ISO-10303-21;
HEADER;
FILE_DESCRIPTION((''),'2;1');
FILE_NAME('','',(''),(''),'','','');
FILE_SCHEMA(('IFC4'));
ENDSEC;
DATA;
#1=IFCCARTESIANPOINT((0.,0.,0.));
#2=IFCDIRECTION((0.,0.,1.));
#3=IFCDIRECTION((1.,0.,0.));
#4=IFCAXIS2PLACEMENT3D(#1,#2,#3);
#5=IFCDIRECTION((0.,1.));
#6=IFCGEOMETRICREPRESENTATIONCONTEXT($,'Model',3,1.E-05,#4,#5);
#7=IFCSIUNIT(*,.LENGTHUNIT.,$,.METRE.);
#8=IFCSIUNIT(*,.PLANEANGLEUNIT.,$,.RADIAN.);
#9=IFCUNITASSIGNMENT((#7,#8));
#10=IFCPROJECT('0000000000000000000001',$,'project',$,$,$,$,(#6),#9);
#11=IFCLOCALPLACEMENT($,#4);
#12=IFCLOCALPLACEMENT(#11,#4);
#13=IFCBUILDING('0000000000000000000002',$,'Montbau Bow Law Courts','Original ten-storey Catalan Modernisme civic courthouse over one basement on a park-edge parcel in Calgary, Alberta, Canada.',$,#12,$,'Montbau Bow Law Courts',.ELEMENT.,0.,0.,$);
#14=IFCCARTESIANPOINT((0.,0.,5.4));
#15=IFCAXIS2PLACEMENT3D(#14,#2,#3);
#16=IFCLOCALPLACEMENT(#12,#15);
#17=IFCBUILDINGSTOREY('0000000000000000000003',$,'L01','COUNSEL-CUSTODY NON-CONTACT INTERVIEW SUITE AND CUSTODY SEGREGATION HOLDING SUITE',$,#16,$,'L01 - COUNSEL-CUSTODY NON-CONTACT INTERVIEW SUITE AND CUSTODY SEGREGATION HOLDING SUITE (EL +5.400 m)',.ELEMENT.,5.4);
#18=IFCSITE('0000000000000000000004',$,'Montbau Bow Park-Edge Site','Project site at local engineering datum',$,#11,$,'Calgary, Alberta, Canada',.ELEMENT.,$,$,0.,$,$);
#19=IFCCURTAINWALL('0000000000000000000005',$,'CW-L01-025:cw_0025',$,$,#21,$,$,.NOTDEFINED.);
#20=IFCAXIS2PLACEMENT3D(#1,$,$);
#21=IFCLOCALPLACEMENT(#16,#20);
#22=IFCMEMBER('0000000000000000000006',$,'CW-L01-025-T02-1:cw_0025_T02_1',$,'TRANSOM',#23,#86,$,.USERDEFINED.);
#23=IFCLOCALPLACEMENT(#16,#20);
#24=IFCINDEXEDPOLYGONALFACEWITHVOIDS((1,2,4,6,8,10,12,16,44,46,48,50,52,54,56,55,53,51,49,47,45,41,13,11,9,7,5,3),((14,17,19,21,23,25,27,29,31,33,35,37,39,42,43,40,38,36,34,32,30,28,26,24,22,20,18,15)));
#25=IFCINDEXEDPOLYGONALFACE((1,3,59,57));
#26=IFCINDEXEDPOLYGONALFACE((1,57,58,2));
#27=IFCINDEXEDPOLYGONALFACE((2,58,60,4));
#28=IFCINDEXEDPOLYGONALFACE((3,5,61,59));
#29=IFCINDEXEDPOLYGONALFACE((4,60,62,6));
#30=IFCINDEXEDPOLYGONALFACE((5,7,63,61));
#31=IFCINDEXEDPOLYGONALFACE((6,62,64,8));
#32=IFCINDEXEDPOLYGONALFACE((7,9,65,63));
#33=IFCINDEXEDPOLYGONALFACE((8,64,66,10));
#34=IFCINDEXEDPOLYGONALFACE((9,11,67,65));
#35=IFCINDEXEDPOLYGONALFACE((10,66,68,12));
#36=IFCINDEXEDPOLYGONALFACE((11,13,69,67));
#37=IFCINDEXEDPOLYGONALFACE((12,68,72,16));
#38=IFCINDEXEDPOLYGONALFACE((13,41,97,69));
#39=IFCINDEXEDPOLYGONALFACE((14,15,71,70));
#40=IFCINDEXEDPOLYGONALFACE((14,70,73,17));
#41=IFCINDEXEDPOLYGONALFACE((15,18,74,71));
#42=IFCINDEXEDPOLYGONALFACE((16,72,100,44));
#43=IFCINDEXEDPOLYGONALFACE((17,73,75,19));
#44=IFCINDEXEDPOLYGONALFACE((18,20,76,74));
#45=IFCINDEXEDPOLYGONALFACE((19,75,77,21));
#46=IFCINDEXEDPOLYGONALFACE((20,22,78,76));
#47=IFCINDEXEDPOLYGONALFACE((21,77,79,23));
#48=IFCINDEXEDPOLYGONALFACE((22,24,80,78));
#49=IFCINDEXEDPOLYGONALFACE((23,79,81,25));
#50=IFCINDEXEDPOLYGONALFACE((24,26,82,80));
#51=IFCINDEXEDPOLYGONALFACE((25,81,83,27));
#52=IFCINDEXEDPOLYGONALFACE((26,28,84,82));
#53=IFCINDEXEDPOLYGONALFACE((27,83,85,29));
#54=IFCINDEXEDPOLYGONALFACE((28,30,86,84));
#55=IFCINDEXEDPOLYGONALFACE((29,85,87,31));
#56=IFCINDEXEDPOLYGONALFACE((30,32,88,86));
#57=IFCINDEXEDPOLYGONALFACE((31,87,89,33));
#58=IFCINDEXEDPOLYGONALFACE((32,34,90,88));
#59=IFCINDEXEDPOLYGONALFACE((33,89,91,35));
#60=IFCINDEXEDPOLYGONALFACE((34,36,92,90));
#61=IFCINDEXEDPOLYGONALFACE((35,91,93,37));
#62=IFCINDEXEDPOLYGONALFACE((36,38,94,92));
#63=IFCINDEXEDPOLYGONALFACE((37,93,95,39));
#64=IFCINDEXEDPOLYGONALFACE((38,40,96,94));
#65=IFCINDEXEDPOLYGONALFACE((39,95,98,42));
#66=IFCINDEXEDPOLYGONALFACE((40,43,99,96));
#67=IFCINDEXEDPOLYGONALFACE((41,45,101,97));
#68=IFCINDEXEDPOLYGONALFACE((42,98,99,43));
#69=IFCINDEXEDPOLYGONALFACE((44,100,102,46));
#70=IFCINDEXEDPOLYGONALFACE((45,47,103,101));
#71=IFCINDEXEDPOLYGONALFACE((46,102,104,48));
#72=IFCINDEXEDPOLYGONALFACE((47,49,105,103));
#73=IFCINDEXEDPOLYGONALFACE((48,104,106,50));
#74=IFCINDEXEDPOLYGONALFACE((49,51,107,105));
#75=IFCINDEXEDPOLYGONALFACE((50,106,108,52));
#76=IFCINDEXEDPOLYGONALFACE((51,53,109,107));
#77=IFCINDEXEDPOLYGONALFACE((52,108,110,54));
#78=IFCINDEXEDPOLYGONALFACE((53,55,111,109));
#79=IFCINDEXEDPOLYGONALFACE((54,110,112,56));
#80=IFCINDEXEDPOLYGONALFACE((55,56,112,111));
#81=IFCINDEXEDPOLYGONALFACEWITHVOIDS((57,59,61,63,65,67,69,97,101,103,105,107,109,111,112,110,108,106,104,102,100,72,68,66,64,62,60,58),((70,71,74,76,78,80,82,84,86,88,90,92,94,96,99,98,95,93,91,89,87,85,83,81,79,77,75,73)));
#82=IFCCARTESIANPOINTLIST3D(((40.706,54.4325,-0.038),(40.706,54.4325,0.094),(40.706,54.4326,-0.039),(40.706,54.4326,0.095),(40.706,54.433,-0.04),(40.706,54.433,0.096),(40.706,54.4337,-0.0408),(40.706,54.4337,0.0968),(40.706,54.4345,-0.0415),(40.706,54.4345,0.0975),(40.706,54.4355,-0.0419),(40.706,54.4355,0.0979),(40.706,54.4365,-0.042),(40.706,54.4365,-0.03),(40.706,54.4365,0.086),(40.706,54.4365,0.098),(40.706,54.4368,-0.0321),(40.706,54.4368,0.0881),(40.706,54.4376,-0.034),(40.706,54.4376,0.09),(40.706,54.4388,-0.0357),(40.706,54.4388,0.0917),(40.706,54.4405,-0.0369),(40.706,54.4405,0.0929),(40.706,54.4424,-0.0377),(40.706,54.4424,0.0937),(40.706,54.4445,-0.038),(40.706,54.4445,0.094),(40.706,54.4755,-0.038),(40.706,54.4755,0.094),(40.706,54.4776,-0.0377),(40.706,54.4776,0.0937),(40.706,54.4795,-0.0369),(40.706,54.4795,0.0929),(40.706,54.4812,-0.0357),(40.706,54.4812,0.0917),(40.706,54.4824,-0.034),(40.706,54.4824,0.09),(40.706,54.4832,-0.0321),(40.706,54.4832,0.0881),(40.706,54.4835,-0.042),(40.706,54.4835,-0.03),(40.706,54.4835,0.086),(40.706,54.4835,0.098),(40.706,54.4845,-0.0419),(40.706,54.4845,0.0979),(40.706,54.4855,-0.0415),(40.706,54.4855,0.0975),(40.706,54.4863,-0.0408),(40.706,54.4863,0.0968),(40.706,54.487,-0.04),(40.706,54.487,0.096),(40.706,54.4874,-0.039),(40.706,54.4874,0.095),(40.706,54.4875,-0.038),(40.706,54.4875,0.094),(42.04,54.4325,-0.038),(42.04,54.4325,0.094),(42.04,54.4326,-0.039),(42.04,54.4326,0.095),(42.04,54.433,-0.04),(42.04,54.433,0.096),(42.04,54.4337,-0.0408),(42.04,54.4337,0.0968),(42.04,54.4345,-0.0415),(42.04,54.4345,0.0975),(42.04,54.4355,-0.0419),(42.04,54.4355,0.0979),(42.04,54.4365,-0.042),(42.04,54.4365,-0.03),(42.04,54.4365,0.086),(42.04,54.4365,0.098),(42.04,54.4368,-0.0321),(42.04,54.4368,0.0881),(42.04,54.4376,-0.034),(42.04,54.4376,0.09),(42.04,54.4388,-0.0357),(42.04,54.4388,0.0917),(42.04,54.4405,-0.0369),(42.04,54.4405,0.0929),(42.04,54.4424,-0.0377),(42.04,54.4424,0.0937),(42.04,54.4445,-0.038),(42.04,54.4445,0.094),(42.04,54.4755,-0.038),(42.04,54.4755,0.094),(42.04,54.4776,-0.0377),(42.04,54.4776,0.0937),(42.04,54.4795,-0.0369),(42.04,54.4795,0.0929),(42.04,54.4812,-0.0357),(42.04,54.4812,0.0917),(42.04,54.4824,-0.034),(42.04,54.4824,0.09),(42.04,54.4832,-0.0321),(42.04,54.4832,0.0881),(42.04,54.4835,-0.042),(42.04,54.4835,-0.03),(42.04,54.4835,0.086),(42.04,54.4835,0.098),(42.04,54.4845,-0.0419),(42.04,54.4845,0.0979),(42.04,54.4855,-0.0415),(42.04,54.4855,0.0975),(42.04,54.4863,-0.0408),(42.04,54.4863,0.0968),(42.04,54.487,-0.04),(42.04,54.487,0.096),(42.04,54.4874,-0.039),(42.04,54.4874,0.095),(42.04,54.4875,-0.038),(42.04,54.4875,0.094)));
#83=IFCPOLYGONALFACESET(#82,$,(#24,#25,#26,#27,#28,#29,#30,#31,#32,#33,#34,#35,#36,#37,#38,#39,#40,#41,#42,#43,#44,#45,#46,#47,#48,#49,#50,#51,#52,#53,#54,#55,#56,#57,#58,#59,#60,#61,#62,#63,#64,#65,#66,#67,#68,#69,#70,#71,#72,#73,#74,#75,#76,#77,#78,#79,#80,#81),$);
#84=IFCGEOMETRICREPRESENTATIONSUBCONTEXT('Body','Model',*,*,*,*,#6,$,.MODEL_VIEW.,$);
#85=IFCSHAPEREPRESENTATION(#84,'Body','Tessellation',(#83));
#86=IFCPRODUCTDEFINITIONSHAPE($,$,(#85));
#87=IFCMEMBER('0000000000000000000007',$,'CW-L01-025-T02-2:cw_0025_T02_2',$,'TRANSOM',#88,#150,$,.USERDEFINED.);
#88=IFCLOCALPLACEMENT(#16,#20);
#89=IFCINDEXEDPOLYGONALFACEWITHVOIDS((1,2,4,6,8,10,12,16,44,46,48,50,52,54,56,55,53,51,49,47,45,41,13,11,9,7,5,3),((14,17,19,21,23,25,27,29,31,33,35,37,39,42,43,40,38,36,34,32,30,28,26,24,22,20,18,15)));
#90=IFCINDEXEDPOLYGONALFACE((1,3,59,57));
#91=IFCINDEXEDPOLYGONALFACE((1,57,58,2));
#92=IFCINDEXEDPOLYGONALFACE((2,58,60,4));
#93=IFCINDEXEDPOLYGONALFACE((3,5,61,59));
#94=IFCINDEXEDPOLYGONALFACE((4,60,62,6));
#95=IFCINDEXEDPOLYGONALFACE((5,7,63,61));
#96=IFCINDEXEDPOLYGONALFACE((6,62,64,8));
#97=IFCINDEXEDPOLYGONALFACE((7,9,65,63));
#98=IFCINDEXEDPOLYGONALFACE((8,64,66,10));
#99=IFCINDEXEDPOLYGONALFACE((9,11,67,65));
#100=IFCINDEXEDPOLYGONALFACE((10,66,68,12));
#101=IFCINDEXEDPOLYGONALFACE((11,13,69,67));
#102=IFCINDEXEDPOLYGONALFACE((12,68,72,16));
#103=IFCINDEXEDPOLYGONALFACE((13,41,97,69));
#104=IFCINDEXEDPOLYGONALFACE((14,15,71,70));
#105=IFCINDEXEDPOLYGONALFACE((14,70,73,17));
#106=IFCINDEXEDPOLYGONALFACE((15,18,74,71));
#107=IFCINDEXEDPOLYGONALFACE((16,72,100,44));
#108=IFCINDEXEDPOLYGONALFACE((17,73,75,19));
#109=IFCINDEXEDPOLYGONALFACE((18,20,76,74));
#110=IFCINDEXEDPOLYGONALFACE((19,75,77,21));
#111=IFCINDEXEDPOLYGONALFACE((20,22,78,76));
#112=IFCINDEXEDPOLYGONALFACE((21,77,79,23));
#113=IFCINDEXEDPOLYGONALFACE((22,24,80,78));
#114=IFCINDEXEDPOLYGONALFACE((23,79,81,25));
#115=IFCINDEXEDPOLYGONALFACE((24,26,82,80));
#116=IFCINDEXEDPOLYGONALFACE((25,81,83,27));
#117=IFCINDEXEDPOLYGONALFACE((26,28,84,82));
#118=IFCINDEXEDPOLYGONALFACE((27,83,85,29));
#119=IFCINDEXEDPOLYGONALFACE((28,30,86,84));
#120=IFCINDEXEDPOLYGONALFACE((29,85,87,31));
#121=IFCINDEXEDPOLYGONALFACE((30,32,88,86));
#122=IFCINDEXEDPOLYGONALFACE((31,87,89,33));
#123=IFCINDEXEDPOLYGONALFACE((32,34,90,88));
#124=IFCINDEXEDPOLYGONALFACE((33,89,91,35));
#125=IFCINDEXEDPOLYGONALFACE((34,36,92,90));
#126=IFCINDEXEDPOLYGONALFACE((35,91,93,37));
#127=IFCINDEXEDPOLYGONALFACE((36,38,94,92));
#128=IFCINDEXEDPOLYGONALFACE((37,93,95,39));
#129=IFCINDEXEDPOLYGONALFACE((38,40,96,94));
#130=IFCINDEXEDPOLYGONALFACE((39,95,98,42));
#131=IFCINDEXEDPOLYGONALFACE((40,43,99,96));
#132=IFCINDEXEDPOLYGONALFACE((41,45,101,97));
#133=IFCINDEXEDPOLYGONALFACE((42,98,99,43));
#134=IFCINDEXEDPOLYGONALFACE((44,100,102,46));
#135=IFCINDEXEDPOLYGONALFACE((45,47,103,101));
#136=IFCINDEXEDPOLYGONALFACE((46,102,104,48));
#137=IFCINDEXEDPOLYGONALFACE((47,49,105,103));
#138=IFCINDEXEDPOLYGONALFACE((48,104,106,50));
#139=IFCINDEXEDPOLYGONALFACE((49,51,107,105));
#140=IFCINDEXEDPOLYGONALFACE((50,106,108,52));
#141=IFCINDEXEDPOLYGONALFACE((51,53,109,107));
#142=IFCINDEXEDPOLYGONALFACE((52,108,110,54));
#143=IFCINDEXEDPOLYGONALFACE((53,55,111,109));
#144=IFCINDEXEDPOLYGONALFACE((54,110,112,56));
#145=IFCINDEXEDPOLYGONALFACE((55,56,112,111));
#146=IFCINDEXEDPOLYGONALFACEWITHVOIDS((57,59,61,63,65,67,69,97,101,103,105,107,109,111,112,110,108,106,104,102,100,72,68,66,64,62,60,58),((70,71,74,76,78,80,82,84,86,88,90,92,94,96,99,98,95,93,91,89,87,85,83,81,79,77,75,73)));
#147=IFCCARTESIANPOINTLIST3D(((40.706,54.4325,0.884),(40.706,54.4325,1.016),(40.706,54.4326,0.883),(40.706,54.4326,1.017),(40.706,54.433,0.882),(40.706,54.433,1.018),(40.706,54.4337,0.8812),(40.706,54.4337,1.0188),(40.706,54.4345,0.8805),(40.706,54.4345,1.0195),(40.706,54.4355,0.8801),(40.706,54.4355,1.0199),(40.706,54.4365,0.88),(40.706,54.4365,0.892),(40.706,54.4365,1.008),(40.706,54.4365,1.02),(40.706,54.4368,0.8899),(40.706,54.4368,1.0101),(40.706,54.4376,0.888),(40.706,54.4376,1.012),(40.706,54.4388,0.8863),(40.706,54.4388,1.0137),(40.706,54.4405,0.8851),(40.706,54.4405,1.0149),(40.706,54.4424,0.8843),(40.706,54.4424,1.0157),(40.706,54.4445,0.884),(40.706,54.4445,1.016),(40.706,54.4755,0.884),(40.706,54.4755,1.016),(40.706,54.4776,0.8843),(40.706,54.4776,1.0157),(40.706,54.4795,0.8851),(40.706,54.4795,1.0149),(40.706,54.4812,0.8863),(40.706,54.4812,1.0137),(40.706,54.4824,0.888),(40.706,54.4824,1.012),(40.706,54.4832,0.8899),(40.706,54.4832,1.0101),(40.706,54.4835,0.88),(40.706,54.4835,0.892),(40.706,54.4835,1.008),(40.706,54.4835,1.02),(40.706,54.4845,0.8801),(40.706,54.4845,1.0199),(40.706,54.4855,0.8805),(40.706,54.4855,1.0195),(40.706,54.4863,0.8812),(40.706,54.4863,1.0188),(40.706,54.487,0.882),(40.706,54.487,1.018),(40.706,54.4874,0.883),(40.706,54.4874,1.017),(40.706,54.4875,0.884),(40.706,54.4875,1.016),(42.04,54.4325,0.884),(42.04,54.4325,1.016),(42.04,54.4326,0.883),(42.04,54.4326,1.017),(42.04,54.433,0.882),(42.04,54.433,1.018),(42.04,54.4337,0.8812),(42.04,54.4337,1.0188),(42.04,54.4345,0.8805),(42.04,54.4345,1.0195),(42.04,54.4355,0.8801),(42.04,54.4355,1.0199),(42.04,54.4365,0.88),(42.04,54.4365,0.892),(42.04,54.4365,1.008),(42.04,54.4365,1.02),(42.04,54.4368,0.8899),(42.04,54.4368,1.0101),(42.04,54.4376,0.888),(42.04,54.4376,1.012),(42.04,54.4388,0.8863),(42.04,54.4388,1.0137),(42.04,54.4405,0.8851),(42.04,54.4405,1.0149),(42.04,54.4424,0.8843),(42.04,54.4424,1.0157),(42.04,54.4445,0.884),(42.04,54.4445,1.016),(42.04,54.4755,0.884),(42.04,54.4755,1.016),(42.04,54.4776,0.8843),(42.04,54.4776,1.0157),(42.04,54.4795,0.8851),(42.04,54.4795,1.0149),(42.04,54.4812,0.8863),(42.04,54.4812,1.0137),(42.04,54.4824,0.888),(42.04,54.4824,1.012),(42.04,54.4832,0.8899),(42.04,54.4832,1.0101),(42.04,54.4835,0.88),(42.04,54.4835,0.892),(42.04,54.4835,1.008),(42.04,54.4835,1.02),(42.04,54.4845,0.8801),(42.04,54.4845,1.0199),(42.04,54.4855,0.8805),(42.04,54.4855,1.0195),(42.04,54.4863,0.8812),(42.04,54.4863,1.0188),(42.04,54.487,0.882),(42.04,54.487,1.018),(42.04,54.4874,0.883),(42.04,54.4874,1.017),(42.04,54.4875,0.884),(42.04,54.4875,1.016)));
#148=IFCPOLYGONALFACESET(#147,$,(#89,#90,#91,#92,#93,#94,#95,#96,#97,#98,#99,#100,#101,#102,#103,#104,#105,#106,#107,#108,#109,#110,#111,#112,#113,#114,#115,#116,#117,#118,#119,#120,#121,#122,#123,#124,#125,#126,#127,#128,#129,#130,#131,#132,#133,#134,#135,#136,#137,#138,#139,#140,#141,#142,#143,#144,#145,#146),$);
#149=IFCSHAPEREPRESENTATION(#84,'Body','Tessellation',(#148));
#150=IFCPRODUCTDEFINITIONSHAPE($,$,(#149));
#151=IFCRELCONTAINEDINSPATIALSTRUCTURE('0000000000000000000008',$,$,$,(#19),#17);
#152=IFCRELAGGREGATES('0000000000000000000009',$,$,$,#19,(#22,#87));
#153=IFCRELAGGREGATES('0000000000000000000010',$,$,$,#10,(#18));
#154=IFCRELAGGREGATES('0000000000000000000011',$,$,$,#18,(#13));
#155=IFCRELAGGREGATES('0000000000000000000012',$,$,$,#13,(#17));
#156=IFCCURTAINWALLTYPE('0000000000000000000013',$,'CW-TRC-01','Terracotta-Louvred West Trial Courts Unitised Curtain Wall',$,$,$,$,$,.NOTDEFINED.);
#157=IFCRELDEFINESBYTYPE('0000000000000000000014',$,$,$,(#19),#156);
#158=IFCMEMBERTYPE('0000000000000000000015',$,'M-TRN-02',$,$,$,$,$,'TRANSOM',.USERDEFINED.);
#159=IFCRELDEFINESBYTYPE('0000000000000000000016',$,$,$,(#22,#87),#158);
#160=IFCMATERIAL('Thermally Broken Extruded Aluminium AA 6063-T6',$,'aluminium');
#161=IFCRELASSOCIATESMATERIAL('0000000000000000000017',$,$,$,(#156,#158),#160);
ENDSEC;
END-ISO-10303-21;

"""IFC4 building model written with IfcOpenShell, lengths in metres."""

from ifc_helpers import new_model, si_unit, direction, frame, origin_with_axes, origin_2d_with_axis, place, context, subcontext, project, spatial, hollow_rectangle, extrude, material, material_profile, profile_set, type_object, element, aggregate, save


model = new_model("IFC4")

# Units and contexts
model_context = context("Model", 3, precision=1e-05, world=origin_with_axes(), true_north=direction((0.0, 1.0)))
body_context = subcontext(model_context, "Body", "Model", "MODEL_VIEW")
ifc_project = project(units=[si_unit("LENGTHUNIT", "METRE"), si_unit("PLANEANGLEUNIT", "RADIAN")], contexts=[model_context])

# Site, building, storey
site_placement = place(None, origin_with_axes())
site = spatial("IfcSite", under=ifc_project, at=site_placement, Name="Montbau Bow Park-Edge Site", Description="Project site at local engineering datum", LongName="Calgary, Alberta, Canada", CompositionType="ELEMENT", RefElevation=0.0)
building_placement = place(site_placement, origin_with_axes())
building = spatial("IfcBuilding", under=site, at=building_placement, Name="Montbau Bow Law Courts", Description="Original ten-storey Catalan Modernisme civic courthouse over one basement on a park-edge parcel in Calgary, Alberta, Canada.", LongName="Montbau Bow Law Courts", CompositionType="ELEMENT", ElevationOfRefHeight=0.0, ElevationOfTerrain=0.0)
storey_placement = place(building_placement, frame((0.0, 0.0, 5.4), z_axis=(0.0, 0.0, 1.0), x_axis=(1.0, 0.0, 0.0)))
storey = spatial("IfcBuildingStorey", under=building, at=storey_placement, Name="L01", Description="COUNSEL-CUSTODY NON-CONTACT INTERVIEW SUITE AND CUSTODY SEGREGATION HOLDING SUITE", LongName="L01 - COUNSEL-CUSTODY NON-CONTACT INTERVIEW SUITE AND CUSTODY SEGREGATION HOLDING SUITE (EL +5.400 m)", CompositionType="ELEMENT", Elevation=5.4)

# Curtain wall
ifc_material_1 = material(Name="Thermally Broken Extruded Aluminium AA 6063-T6", Category="aluminium")
curtain_wall_type = type_object("IfcCurtainWallType", Name="CW-TRC-01", Description="Terracotta-Louvred West Trial Courts Unitised Curtain Wall", PredefinedType="NOTDEFINED", material=ifc_material_1)
curtain_wall_1_placement = place(None, frame((39.268, 54.46, 5.4), z_axis=(0.0, 0.0, 1.0), x_axis=(1.0, 0.0, 0.0)))
curtain_wall_1 = element("IfcCurtainWall", 1, at=curtain_wall_1_placement, inside=storey, type_object=curtain_wall_type, Name="CW-L01-025:cw_0025", PredefinedType="NOTDEFINED")

# Members
ifc_material_profile_1 = material_profile(ifc_material_1, hollow_rectangle(XDim=0.055, YDim=0.14, WallThickness=0.004, InnerFilletRadius=0.008, OuterFilletRadius=0.004, at=origin_2d_with_axis()), Name="CWT-140X55", Category="Main", Priority=0)
ifc_profile_set_1 = profile_set([ifc_material_profile_1], Name="Thermally Broken Extruded Aluminium AA 6063-T6")
member_type_1 = type_object("IfcMemberType", Name="M-TRN-02", ElementType="TRANSOM", PredefinedType="USERDEFINED", material=ifc_profile_set_1)
member_1_placement = place(None, frame((40.706, 54.46, 5.428), z_axis=(1.0, 0.0, 0.0), x_axis=(0.0, 1.0, 0.0)))
member_1 = element("IfcMember", 2, at=member_1_placement, type_object=member_type_1, Name="CW-L01-025-T02-1:cw_0025_T02_1", ObjectType="TRANSOM", PredefinedType="USERDEFINED", context=body_context, shape_type="SweptSolid", body=[
    extrude(hollow_rectangle(XDim=0.055, YDim=0.14, WallThickness=0.004, InnerFilletRadius=0.008, OuterFilletRadius=0.004, at=origin_2d_with_axis()), origin_with_axes(), (0.0, 0.0, 1.0), 1.334),
])
member_2_placement = place(None, frame((40.706, 54.46, 6.35), z_axis=(1.0, 0.0, 0.0), x_axis=(0.0, 1.0, 0.0)))
member_2 = element("IfcMember", 3, at=member_2_placement, type_object=member_type_1, Name="CW-L01-025-T02-2:cw_0025_T02_2", ObjectType="TRANSOM", PredefinedType="USERDEFINED", context=body_context, shape_type="SweptSolid", body=[
    extrude(hollow_rectangle(XDim=0.055, YDim=0.14, WallThickness=0.004, InnerFilletRadius=0.008, OuterFilletRadius=0.004, at=origin_2d_with_axis()), origin_with_axes(), (0.0, 0.0, 1.0), 1.334),
])

aggregate(curtain_wall_1, [member_1, member_2])

save(model, "model.ifc")
